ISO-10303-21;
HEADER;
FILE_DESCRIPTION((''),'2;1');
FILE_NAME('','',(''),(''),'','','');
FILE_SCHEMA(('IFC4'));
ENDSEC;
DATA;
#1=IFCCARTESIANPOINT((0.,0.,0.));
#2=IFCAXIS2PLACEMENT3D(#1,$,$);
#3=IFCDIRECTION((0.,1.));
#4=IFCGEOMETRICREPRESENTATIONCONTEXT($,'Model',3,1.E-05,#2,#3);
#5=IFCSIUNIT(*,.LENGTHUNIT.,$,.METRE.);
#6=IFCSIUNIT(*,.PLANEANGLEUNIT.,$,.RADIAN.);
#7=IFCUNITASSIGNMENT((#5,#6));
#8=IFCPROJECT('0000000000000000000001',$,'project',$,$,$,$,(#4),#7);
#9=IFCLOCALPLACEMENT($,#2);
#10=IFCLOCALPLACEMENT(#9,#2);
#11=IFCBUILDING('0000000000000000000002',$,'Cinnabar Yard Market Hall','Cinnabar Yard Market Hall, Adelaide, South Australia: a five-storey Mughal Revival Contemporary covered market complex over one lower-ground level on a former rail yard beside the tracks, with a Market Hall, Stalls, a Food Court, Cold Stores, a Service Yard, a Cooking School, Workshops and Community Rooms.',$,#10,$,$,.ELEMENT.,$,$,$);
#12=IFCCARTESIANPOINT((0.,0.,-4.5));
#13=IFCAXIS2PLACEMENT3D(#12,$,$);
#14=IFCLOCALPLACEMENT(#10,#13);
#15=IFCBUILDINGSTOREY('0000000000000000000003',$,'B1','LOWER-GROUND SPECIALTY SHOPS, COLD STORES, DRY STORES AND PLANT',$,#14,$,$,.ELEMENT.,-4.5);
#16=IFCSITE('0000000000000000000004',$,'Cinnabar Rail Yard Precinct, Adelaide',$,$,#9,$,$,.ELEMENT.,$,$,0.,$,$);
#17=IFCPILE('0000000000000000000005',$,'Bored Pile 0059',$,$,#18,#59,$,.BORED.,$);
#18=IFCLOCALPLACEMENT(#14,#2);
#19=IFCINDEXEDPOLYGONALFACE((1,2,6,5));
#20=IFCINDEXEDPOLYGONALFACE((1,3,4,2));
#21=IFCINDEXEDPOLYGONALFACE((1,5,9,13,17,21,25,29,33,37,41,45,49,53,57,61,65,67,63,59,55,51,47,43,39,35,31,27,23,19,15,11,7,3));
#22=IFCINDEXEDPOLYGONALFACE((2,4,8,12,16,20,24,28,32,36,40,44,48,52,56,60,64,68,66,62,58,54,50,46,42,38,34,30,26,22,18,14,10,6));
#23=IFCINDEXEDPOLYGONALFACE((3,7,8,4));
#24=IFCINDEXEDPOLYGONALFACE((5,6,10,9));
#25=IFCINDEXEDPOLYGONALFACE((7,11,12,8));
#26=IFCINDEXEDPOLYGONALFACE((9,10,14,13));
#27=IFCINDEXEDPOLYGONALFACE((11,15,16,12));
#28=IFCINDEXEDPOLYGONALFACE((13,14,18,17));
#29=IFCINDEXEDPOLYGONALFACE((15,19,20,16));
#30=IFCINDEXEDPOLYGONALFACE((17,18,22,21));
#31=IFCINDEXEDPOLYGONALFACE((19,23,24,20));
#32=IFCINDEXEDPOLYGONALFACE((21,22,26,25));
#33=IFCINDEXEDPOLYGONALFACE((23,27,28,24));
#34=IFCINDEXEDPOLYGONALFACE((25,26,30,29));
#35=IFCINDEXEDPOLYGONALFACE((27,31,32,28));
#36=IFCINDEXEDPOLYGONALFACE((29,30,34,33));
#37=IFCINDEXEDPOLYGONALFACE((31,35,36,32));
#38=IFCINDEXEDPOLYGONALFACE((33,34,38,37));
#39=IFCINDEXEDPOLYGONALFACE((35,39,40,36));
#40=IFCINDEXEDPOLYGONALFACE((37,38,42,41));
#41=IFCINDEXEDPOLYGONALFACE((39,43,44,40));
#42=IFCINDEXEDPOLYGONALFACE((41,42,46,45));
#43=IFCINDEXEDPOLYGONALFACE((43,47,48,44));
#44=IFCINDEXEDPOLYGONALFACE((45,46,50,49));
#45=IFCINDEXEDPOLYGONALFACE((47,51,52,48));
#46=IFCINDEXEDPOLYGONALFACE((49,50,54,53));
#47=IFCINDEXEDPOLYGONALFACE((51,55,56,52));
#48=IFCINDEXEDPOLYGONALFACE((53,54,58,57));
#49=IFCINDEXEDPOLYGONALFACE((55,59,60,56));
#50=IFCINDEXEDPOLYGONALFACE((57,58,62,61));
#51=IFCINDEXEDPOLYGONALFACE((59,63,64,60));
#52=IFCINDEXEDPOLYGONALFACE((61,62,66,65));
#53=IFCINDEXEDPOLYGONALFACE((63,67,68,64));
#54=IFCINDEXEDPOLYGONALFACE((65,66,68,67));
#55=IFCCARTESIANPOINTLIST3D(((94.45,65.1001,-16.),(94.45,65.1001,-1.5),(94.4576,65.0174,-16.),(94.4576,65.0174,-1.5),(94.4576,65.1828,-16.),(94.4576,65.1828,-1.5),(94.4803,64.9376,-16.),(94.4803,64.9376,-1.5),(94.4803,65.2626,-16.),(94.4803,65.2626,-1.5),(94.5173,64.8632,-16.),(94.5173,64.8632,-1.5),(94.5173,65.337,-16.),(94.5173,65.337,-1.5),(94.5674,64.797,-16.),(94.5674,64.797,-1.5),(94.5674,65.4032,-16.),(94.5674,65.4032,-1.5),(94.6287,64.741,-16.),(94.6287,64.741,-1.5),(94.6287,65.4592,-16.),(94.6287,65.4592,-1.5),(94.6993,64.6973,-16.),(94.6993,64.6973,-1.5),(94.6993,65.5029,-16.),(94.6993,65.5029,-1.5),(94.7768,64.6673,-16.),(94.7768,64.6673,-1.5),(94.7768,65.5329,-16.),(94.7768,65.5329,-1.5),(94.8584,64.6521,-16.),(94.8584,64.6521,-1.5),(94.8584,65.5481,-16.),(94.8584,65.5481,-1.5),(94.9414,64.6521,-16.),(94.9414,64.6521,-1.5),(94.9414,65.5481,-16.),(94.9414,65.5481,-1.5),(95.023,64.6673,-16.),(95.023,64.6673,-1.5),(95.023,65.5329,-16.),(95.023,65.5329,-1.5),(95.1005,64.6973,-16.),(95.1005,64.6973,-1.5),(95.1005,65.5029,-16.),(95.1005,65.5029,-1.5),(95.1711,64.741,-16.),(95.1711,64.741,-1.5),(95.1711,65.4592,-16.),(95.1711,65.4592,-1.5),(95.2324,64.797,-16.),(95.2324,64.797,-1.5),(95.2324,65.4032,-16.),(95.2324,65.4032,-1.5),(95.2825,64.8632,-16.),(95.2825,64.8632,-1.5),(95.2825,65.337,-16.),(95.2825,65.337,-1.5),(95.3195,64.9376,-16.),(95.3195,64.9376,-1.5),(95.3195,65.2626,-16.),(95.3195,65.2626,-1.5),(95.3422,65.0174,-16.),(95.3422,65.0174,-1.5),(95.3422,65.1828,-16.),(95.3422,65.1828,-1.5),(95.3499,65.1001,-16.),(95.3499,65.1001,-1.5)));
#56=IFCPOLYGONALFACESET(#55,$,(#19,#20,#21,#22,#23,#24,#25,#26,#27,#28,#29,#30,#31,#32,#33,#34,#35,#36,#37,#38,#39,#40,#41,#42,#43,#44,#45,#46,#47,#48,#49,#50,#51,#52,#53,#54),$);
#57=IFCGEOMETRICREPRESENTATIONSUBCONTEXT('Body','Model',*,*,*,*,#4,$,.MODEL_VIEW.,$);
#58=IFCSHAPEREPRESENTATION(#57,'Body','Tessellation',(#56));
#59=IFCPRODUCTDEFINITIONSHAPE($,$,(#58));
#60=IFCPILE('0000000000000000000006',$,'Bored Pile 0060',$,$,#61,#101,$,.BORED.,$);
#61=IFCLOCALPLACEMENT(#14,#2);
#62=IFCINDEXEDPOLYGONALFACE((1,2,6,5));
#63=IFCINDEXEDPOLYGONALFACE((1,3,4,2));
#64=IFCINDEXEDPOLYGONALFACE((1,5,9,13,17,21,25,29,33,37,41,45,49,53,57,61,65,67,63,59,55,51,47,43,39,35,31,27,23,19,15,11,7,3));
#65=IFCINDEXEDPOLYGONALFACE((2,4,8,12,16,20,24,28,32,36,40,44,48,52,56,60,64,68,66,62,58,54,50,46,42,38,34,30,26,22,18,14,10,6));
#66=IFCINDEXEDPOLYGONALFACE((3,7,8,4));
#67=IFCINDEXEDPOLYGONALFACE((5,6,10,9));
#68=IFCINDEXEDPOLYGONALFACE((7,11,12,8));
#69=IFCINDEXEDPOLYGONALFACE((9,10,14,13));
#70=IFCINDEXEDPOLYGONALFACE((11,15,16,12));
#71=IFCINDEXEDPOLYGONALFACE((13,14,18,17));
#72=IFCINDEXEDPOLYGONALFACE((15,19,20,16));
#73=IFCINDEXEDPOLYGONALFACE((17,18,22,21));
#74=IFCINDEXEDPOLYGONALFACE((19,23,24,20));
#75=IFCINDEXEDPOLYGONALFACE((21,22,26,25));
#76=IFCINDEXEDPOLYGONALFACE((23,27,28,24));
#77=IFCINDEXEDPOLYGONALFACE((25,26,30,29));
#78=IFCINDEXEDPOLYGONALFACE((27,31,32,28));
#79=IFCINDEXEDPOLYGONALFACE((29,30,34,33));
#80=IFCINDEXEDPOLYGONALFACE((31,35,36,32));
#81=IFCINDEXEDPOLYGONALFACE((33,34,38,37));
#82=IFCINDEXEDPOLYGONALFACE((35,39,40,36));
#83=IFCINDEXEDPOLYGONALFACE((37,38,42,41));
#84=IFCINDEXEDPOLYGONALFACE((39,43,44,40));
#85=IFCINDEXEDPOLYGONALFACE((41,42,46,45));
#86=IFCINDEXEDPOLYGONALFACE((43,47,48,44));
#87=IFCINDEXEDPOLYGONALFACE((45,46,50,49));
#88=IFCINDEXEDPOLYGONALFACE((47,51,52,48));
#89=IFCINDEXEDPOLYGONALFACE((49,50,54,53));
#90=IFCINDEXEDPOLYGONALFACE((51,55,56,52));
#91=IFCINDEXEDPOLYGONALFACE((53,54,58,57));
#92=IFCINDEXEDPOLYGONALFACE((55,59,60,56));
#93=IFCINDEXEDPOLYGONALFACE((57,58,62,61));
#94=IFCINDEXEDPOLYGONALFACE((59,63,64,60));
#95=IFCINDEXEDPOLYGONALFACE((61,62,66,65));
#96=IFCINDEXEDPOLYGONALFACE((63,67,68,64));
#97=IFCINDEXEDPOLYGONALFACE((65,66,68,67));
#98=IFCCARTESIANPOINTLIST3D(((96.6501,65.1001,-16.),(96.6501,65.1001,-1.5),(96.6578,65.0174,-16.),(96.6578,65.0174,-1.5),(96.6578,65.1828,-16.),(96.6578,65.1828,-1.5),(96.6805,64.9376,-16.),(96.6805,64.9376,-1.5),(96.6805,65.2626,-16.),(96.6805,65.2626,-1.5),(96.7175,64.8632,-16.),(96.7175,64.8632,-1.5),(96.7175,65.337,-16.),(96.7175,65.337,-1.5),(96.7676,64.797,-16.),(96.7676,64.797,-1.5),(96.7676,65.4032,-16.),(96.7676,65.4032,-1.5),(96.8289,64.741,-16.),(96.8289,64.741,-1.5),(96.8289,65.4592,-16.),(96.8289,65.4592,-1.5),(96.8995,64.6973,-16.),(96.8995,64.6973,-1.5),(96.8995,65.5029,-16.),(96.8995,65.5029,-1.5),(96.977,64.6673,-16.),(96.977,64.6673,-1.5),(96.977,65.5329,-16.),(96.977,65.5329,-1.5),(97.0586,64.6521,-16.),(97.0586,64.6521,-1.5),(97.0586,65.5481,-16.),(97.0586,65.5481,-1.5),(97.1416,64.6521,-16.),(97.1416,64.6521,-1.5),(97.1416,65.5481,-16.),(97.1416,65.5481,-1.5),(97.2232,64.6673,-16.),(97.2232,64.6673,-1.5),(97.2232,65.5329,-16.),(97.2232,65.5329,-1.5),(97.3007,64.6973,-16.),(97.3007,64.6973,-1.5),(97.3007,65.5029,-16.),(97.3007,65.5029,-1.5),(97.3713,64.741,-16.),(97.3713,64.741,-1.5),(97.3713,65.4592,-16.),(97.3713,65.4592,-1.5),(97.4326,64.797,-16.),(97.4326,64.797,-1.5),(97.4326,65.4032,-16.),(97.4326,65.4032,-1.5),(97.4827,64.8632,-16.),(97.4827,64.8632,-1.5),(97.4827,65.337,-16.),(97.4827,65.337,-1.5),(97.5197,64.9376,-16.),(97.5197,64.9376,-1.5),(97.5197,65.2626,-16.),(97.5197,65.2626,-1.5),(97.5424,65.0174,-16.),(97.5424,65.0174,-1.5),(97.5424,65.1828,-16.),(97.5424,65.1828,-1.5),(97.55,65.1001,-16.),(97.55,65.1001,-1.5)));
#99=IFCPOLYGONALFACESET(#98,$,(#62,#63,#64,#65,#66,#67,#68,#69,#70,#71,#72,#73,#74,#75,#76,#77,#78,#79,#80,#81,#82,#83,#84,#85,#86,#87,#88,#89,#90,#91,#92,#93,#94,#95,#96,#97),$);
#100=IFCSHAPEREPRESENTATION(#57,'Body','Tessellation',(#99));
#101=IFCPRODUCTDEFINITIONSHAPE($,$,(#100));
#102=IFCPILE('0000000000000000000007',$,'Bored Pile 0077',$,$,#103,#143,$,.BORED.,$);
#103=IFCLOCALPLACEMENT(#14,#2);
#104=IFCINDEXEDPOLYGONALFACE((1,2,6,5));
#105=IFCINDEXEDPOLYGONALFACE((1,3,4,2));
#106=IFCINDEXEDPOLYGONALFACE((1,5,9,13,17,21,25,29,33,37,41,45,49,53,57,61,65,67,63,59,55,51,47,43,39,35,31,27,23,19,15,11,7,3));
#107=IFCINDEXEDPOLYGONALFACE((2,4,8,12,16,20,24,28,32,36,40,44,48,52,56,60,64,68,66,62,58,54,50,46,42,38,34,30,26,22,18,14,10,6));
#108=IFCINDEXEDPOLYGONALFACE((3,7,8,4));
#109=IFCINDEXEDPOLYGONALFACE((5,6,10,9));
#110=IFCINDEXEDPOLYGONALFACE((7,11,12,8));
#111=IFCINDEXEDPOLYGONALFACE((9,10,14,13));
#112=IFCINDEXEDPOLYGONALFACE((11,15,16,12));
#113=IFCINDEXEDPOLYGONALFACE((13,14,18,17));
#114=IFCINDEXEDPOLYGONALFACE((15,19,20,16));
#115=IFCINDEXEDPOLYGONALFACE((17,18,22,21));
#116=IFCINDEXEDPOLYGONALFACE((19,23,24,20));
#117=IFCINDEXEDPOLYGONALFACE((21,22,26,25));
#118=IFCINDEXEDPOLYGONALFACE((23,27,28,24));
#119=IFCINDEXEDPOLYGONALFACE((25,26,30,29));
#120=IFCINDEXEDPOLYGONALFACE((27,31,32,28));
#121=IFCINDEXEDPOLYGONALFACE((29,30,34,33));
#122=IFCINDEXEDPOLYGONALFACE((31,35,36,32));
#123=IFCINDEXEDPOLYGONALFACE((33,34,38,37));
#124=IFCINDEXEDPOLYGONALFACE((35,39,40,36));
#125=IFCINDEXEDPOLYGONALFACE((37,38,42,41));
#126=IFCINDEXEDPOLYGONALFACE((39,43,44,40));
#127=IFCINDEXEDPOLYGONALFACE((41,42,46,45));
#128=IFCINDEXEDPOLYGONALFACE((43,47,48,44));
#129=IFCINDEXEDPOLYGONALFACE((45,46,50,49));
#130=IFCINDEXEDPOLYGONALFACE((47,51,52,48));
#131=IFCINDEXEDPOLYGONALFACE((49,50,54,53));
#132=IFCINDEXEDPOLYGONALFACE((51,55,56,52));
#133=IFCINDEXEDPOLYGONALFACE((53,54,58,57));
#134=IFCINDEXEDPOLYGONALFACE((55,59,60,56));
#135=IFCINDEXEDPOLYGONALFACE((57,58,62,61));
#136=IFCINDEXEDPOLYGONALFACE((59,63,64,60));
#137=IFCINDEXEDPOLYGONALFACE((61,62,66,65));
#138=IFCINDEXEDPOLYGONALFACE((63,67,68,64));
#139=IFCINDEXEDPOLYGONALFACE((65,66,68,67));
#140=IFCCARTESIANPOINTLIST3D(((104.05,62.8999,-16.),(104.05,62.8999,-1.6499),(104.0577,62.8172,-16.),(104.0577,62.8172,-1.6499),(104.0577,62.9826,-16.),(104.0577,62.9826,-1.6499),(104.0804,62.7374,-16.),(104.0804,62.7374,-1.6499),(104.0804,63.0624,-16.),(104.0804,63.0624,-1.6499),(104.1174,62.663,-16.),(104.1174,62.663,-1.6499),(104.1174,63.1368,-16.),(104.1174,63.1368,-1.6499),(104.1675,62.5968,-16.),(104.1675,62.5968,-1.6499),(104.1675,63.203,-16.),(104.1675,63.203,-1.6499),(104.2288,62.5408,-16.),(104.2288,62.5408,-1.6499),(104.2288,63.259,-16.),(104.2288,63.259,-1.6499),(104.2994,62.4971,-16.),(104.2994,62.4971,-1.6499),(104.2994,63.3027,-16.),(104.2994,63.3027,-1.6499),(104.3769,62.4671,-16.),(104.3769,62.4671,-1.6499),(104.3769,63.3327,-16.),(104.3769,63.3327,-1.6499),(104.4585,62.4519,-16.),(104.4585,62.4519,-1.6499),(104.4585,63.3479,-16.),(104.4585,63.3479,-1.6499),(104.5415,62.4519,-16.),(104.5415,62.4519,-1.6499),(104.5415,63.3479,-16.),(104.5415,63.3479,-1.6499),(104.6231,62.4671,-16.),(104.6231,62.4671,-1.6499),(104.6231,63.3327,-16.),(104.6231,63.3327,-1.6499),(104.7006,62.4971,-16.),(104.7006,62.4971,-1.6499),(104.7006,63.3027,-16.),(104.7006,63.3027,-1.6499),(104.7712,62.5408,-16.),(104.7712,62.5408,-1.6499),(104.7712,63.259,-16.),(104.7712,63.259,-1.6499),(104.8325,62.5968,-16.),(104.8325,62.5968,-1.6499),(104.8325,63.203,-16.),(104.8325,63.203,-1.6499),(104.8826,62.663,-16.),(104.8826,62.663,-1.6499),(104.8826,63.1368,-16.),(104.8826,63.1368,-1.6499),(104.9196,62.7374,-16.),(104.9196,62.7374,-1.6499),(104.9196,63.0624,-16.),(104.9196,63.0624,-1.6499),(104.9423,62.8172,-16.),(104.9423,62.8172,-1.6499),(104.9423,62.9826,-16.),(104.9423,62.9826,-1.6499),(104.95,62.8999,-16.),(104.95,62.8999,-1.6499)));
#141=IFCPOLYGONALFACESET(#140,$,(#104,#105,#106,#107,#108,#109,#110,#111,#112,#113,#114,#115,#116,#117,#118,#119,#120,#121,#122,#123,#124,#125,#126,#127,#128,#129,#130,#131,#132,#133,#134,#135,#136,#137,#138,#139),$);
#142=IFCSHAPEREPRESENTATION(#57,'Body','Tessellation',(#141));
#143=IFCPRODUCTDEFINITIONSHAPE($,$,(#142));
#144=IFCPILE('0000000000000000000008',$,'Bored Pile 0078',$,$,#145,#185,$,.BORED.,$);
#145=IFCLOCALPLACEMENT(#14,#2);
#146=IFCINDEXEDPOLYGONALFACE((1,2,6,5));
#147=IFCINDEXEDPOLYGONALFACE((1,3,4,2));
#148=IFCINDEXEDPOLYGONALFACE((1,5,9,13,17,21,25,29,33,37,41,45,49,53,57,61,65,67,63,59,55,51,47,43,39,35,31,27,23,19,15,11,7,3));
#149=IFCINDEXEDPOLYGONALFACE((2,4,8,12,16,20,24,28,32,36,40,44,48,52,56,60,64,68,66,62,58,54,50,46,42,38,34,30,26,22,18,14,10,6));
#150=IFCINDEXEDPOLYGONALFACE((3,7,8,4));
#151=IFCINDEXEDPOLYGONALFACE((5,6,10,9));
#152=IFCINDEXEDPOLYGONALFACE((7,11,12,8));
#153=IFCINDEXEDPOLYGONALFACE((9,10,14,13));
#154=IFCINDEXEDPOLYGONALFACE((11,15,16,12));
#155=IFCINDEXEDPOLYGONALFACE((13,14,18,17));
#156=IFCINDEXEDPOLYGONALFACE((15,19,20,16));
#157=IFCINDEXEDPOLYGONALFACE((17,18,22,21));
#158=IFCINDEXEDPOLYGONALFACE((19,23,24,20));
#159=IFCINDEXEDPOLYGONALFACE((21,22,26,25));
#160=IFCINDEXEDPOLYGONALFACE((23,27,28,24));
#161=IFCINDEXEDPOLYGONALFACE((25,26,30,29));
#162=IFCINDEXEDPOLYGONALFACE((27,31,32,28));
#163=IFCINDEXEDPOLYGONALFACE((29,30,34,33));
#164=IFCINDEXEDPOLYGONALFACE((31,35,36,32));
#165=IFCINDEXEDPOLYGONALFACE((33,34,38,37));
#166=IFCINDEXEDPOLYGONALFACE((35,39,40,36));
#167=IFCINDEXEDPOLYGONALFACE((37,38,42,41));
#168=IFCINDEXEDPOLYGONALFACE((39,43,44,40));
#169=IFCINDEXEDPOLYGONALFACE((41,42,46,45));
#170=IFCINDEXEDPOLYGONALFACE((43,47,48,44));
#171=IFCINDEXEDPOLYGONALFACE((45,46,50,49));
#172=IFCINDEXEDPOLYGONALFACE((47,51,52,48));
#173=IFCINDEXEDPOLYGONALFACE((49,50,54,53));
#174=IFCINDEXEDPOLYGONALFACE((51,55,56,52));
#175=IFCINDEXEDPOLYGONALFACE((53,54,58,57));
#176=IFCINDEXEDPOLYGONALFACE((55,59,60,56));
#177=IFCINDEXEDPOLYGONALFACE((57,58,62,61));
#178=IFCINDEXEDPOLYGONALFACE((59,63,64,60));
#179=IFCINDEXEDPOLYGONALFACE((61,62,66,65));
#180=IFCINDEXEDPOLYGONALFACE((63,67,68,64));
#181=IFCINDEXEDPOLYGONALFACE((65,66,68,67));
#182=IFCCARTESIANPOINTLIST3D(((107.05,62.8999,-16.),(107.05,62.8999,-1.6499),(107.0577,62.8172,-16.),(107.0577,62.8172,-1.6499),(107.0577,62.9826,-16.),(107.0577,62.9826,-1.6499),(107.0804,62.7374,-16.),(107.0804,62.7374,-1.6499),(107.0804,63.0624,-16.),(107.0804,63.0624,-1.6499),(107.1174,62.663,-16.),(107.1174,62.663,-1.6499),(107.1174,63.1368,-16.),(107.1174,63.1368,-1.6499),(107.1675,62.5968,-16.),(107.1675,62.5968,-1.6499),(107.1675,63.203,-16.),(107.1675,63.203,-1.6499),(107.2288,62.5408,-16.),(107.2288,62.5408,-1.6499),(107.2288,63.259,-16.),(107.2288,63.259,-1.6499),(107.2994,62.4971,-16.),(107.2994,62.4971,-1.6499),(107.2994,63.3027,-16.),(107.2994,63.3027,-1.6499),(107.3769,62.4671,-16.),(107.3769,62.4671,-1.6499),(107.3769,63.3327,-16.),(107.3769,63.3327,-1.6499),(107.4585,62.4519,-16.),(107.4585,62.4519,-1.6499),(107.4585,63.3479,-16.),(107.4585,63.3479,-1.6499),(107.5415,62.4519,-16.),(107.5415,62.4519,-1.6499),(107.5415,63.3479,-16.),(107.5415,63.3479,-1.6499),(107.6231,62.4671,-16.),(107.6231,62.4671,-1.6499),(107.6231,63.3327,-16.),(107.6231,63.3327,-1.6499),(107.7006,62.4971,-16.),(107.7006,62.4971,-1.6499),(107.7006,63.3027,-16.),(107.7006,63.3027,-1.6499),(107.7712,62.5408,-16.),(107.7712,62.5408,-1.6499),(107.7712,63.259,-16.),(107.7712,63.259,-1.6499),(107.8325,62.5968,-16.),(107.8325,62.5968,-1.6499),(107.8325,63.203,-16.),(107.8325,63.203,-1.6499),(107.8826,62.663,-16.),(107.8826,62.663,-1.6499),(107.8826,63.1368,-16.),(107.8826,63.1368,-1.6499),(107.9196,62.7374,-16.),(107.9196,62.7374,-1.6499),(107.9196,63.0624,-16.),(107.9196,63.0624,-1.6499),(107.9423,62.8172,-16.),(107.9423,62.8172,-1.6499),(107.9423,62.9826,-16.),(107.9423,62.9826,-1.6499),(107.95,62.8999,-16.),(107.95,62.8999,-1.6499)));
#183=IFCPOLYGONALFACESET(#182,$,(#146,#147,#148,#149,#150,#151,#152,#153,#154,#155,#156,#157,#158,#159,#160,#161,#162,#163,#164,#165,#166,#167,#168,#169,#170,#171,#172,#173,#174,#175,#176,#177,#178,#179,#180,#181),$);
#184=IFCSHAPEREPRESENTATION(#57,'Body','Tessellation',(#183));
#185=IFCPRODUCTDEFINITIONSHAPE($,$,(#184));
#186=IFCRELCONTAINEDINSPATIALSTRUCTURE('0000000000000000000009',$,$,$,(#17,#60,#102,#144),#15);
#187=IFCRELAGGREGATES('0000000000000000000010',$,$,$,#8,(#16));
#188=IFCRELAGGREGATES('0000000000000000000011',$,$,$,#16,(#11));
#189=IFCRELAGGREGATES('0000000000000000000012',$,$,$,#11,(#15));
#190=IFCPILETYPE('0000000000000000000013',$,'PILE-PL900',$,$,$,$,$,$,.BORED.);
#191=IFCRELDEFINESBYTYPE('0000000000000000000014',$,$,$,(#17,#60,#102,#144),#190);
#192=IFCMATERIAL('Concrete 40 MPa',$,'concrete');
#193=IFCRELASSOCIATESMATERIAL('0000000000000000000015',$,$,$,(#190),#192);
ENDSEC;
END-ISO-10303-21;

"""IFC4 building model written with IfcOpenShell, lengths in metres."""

from ifc_helpers import new_model, si_unit, direction, frame, origin, origin_2d_with_axis, place, context, subcontext, project, spatial, circle, extrude, material, material_profile, profile_set, type_object, element, save


model = new_model("IFC4")

# Units and contexts
model_context = context("Model", 3, precision=1e-05, world=origin(), true_north=direction((0.0, 1.0)))
body_context = subcontext(model_context, "Body", "Model", "MODEL_VIEW")
ifc_project = project(units=[si_unit("LENGTHUNIT", "METRE"), si_unit("PLANEANGLEUNIT", "RADIAN")], contexts=[model_context])

# Site, building, storey
site_placement = place(None, origin())
site = spatial("IfcSite", under=ifc_project, at=site_placement, Name="Cinnabar Rail Yard Precinct, Adelaide", CompositionType="ELEMENT", RefElevation=0.0)
building_placement = place(site_placement, origin())
building = spatial("IfcBuilding", under=site, at=building_placement, Name="Cinnabar Yard Market Hall", Description="Cinnabar Yard Market Hall, Adelaide, South Australia: a five-storey Mughal Revival Contemporary covered market complex over one lower-ground level on a former rail yard beside the tracks, with a Market Hall, Stalls, a Food Court, Cold Stores, a Service Yard, a Cooking School, Workshops and Community Rooms.", CompositionType="ELEMENT")
storey_placement = place(building_placement, frame((0.0, 0.0, -4.5)))
storey = spatial("IfcBuildingStorey", under=building, at=storey_placement, Name="B1", Description="LOWER-GROUND SPECIALTY SHOPS, COLD STORES, DRY STORES AND PLANT", CompositionType="ELEMENT", Elevation=-4.5)

# Shared definitions
ifc_material_1 = material(Name="Concrete 40 MPa", Category="concrete")

# Piles
ifc_material_profile_1 = material_profile(ifc_material_1, circle(Radius=0.45, at=origin_2d_with_axis()), Name="PILE-D900")
ifc_profile_set_1 = profile_set([ifc_material_profile_1], Name="Concrete 40 MPa")
pile_type_1 = type_object("IfcPileType", Name="PILE-PL900", PredefinedType="BORED", material=ifc_profile_set_1)
for number, where, z_axis, x_axis, name in (
    (1, (94.8999, 65.1001, -1.5), (0.0, 0.0, -1.0), (1.0, 0.0, 0.0), "Bored Pile 0059"),
    (2, (97.1001, 65.1001, -1.5), (0.0, 0.0, -1.0), (1.0, 0.0, 0.0), "Bored Pile 0060"),
):
    element("IfcPile", number, at=place(storey_placement, frame(where, z_axis=z_axis, x_axis=x_axis)), inside=storey, type_object=pile_type_1, Name=name, PredefinedType="BORED", context=body_context, shape_type="SweptSolid", body=[
        extrude(circle(Radius=0.45, at=origin_2d_with_axis()), origin(), (0.0, 0.0, 1.0), 14.5),
    ])
for number, where, z_axis, x_axis, name in (
    (3, (104.5, 62.8999, -1.6499), (0.0, 0.0, -1.0), (1.0, 0.0, 0.0), "Bored Pile 0077"),
    (4, (107.5, 62.8999, -1.6499), (0.0, 0.0, -1.0), (1.0, 0.0, 0.0), "Bored Pile 0078"),
):
    element("IfcPile", number, at=place(storey_placement, frame(where, z_axis=z_axis, x_axis=x_axis)), inside=storey, type_object=pile_type_1, Name=name, PredefinedType="BORED", context=body_context, shape_type="SweptSolid", body=[
        extrude(circle(Radius=0.45, at=origin_2d_with_axis()), origin(), (0.0, 0.0, 1.0), 14.3501),
    ])

save(model, "model.ifc")
